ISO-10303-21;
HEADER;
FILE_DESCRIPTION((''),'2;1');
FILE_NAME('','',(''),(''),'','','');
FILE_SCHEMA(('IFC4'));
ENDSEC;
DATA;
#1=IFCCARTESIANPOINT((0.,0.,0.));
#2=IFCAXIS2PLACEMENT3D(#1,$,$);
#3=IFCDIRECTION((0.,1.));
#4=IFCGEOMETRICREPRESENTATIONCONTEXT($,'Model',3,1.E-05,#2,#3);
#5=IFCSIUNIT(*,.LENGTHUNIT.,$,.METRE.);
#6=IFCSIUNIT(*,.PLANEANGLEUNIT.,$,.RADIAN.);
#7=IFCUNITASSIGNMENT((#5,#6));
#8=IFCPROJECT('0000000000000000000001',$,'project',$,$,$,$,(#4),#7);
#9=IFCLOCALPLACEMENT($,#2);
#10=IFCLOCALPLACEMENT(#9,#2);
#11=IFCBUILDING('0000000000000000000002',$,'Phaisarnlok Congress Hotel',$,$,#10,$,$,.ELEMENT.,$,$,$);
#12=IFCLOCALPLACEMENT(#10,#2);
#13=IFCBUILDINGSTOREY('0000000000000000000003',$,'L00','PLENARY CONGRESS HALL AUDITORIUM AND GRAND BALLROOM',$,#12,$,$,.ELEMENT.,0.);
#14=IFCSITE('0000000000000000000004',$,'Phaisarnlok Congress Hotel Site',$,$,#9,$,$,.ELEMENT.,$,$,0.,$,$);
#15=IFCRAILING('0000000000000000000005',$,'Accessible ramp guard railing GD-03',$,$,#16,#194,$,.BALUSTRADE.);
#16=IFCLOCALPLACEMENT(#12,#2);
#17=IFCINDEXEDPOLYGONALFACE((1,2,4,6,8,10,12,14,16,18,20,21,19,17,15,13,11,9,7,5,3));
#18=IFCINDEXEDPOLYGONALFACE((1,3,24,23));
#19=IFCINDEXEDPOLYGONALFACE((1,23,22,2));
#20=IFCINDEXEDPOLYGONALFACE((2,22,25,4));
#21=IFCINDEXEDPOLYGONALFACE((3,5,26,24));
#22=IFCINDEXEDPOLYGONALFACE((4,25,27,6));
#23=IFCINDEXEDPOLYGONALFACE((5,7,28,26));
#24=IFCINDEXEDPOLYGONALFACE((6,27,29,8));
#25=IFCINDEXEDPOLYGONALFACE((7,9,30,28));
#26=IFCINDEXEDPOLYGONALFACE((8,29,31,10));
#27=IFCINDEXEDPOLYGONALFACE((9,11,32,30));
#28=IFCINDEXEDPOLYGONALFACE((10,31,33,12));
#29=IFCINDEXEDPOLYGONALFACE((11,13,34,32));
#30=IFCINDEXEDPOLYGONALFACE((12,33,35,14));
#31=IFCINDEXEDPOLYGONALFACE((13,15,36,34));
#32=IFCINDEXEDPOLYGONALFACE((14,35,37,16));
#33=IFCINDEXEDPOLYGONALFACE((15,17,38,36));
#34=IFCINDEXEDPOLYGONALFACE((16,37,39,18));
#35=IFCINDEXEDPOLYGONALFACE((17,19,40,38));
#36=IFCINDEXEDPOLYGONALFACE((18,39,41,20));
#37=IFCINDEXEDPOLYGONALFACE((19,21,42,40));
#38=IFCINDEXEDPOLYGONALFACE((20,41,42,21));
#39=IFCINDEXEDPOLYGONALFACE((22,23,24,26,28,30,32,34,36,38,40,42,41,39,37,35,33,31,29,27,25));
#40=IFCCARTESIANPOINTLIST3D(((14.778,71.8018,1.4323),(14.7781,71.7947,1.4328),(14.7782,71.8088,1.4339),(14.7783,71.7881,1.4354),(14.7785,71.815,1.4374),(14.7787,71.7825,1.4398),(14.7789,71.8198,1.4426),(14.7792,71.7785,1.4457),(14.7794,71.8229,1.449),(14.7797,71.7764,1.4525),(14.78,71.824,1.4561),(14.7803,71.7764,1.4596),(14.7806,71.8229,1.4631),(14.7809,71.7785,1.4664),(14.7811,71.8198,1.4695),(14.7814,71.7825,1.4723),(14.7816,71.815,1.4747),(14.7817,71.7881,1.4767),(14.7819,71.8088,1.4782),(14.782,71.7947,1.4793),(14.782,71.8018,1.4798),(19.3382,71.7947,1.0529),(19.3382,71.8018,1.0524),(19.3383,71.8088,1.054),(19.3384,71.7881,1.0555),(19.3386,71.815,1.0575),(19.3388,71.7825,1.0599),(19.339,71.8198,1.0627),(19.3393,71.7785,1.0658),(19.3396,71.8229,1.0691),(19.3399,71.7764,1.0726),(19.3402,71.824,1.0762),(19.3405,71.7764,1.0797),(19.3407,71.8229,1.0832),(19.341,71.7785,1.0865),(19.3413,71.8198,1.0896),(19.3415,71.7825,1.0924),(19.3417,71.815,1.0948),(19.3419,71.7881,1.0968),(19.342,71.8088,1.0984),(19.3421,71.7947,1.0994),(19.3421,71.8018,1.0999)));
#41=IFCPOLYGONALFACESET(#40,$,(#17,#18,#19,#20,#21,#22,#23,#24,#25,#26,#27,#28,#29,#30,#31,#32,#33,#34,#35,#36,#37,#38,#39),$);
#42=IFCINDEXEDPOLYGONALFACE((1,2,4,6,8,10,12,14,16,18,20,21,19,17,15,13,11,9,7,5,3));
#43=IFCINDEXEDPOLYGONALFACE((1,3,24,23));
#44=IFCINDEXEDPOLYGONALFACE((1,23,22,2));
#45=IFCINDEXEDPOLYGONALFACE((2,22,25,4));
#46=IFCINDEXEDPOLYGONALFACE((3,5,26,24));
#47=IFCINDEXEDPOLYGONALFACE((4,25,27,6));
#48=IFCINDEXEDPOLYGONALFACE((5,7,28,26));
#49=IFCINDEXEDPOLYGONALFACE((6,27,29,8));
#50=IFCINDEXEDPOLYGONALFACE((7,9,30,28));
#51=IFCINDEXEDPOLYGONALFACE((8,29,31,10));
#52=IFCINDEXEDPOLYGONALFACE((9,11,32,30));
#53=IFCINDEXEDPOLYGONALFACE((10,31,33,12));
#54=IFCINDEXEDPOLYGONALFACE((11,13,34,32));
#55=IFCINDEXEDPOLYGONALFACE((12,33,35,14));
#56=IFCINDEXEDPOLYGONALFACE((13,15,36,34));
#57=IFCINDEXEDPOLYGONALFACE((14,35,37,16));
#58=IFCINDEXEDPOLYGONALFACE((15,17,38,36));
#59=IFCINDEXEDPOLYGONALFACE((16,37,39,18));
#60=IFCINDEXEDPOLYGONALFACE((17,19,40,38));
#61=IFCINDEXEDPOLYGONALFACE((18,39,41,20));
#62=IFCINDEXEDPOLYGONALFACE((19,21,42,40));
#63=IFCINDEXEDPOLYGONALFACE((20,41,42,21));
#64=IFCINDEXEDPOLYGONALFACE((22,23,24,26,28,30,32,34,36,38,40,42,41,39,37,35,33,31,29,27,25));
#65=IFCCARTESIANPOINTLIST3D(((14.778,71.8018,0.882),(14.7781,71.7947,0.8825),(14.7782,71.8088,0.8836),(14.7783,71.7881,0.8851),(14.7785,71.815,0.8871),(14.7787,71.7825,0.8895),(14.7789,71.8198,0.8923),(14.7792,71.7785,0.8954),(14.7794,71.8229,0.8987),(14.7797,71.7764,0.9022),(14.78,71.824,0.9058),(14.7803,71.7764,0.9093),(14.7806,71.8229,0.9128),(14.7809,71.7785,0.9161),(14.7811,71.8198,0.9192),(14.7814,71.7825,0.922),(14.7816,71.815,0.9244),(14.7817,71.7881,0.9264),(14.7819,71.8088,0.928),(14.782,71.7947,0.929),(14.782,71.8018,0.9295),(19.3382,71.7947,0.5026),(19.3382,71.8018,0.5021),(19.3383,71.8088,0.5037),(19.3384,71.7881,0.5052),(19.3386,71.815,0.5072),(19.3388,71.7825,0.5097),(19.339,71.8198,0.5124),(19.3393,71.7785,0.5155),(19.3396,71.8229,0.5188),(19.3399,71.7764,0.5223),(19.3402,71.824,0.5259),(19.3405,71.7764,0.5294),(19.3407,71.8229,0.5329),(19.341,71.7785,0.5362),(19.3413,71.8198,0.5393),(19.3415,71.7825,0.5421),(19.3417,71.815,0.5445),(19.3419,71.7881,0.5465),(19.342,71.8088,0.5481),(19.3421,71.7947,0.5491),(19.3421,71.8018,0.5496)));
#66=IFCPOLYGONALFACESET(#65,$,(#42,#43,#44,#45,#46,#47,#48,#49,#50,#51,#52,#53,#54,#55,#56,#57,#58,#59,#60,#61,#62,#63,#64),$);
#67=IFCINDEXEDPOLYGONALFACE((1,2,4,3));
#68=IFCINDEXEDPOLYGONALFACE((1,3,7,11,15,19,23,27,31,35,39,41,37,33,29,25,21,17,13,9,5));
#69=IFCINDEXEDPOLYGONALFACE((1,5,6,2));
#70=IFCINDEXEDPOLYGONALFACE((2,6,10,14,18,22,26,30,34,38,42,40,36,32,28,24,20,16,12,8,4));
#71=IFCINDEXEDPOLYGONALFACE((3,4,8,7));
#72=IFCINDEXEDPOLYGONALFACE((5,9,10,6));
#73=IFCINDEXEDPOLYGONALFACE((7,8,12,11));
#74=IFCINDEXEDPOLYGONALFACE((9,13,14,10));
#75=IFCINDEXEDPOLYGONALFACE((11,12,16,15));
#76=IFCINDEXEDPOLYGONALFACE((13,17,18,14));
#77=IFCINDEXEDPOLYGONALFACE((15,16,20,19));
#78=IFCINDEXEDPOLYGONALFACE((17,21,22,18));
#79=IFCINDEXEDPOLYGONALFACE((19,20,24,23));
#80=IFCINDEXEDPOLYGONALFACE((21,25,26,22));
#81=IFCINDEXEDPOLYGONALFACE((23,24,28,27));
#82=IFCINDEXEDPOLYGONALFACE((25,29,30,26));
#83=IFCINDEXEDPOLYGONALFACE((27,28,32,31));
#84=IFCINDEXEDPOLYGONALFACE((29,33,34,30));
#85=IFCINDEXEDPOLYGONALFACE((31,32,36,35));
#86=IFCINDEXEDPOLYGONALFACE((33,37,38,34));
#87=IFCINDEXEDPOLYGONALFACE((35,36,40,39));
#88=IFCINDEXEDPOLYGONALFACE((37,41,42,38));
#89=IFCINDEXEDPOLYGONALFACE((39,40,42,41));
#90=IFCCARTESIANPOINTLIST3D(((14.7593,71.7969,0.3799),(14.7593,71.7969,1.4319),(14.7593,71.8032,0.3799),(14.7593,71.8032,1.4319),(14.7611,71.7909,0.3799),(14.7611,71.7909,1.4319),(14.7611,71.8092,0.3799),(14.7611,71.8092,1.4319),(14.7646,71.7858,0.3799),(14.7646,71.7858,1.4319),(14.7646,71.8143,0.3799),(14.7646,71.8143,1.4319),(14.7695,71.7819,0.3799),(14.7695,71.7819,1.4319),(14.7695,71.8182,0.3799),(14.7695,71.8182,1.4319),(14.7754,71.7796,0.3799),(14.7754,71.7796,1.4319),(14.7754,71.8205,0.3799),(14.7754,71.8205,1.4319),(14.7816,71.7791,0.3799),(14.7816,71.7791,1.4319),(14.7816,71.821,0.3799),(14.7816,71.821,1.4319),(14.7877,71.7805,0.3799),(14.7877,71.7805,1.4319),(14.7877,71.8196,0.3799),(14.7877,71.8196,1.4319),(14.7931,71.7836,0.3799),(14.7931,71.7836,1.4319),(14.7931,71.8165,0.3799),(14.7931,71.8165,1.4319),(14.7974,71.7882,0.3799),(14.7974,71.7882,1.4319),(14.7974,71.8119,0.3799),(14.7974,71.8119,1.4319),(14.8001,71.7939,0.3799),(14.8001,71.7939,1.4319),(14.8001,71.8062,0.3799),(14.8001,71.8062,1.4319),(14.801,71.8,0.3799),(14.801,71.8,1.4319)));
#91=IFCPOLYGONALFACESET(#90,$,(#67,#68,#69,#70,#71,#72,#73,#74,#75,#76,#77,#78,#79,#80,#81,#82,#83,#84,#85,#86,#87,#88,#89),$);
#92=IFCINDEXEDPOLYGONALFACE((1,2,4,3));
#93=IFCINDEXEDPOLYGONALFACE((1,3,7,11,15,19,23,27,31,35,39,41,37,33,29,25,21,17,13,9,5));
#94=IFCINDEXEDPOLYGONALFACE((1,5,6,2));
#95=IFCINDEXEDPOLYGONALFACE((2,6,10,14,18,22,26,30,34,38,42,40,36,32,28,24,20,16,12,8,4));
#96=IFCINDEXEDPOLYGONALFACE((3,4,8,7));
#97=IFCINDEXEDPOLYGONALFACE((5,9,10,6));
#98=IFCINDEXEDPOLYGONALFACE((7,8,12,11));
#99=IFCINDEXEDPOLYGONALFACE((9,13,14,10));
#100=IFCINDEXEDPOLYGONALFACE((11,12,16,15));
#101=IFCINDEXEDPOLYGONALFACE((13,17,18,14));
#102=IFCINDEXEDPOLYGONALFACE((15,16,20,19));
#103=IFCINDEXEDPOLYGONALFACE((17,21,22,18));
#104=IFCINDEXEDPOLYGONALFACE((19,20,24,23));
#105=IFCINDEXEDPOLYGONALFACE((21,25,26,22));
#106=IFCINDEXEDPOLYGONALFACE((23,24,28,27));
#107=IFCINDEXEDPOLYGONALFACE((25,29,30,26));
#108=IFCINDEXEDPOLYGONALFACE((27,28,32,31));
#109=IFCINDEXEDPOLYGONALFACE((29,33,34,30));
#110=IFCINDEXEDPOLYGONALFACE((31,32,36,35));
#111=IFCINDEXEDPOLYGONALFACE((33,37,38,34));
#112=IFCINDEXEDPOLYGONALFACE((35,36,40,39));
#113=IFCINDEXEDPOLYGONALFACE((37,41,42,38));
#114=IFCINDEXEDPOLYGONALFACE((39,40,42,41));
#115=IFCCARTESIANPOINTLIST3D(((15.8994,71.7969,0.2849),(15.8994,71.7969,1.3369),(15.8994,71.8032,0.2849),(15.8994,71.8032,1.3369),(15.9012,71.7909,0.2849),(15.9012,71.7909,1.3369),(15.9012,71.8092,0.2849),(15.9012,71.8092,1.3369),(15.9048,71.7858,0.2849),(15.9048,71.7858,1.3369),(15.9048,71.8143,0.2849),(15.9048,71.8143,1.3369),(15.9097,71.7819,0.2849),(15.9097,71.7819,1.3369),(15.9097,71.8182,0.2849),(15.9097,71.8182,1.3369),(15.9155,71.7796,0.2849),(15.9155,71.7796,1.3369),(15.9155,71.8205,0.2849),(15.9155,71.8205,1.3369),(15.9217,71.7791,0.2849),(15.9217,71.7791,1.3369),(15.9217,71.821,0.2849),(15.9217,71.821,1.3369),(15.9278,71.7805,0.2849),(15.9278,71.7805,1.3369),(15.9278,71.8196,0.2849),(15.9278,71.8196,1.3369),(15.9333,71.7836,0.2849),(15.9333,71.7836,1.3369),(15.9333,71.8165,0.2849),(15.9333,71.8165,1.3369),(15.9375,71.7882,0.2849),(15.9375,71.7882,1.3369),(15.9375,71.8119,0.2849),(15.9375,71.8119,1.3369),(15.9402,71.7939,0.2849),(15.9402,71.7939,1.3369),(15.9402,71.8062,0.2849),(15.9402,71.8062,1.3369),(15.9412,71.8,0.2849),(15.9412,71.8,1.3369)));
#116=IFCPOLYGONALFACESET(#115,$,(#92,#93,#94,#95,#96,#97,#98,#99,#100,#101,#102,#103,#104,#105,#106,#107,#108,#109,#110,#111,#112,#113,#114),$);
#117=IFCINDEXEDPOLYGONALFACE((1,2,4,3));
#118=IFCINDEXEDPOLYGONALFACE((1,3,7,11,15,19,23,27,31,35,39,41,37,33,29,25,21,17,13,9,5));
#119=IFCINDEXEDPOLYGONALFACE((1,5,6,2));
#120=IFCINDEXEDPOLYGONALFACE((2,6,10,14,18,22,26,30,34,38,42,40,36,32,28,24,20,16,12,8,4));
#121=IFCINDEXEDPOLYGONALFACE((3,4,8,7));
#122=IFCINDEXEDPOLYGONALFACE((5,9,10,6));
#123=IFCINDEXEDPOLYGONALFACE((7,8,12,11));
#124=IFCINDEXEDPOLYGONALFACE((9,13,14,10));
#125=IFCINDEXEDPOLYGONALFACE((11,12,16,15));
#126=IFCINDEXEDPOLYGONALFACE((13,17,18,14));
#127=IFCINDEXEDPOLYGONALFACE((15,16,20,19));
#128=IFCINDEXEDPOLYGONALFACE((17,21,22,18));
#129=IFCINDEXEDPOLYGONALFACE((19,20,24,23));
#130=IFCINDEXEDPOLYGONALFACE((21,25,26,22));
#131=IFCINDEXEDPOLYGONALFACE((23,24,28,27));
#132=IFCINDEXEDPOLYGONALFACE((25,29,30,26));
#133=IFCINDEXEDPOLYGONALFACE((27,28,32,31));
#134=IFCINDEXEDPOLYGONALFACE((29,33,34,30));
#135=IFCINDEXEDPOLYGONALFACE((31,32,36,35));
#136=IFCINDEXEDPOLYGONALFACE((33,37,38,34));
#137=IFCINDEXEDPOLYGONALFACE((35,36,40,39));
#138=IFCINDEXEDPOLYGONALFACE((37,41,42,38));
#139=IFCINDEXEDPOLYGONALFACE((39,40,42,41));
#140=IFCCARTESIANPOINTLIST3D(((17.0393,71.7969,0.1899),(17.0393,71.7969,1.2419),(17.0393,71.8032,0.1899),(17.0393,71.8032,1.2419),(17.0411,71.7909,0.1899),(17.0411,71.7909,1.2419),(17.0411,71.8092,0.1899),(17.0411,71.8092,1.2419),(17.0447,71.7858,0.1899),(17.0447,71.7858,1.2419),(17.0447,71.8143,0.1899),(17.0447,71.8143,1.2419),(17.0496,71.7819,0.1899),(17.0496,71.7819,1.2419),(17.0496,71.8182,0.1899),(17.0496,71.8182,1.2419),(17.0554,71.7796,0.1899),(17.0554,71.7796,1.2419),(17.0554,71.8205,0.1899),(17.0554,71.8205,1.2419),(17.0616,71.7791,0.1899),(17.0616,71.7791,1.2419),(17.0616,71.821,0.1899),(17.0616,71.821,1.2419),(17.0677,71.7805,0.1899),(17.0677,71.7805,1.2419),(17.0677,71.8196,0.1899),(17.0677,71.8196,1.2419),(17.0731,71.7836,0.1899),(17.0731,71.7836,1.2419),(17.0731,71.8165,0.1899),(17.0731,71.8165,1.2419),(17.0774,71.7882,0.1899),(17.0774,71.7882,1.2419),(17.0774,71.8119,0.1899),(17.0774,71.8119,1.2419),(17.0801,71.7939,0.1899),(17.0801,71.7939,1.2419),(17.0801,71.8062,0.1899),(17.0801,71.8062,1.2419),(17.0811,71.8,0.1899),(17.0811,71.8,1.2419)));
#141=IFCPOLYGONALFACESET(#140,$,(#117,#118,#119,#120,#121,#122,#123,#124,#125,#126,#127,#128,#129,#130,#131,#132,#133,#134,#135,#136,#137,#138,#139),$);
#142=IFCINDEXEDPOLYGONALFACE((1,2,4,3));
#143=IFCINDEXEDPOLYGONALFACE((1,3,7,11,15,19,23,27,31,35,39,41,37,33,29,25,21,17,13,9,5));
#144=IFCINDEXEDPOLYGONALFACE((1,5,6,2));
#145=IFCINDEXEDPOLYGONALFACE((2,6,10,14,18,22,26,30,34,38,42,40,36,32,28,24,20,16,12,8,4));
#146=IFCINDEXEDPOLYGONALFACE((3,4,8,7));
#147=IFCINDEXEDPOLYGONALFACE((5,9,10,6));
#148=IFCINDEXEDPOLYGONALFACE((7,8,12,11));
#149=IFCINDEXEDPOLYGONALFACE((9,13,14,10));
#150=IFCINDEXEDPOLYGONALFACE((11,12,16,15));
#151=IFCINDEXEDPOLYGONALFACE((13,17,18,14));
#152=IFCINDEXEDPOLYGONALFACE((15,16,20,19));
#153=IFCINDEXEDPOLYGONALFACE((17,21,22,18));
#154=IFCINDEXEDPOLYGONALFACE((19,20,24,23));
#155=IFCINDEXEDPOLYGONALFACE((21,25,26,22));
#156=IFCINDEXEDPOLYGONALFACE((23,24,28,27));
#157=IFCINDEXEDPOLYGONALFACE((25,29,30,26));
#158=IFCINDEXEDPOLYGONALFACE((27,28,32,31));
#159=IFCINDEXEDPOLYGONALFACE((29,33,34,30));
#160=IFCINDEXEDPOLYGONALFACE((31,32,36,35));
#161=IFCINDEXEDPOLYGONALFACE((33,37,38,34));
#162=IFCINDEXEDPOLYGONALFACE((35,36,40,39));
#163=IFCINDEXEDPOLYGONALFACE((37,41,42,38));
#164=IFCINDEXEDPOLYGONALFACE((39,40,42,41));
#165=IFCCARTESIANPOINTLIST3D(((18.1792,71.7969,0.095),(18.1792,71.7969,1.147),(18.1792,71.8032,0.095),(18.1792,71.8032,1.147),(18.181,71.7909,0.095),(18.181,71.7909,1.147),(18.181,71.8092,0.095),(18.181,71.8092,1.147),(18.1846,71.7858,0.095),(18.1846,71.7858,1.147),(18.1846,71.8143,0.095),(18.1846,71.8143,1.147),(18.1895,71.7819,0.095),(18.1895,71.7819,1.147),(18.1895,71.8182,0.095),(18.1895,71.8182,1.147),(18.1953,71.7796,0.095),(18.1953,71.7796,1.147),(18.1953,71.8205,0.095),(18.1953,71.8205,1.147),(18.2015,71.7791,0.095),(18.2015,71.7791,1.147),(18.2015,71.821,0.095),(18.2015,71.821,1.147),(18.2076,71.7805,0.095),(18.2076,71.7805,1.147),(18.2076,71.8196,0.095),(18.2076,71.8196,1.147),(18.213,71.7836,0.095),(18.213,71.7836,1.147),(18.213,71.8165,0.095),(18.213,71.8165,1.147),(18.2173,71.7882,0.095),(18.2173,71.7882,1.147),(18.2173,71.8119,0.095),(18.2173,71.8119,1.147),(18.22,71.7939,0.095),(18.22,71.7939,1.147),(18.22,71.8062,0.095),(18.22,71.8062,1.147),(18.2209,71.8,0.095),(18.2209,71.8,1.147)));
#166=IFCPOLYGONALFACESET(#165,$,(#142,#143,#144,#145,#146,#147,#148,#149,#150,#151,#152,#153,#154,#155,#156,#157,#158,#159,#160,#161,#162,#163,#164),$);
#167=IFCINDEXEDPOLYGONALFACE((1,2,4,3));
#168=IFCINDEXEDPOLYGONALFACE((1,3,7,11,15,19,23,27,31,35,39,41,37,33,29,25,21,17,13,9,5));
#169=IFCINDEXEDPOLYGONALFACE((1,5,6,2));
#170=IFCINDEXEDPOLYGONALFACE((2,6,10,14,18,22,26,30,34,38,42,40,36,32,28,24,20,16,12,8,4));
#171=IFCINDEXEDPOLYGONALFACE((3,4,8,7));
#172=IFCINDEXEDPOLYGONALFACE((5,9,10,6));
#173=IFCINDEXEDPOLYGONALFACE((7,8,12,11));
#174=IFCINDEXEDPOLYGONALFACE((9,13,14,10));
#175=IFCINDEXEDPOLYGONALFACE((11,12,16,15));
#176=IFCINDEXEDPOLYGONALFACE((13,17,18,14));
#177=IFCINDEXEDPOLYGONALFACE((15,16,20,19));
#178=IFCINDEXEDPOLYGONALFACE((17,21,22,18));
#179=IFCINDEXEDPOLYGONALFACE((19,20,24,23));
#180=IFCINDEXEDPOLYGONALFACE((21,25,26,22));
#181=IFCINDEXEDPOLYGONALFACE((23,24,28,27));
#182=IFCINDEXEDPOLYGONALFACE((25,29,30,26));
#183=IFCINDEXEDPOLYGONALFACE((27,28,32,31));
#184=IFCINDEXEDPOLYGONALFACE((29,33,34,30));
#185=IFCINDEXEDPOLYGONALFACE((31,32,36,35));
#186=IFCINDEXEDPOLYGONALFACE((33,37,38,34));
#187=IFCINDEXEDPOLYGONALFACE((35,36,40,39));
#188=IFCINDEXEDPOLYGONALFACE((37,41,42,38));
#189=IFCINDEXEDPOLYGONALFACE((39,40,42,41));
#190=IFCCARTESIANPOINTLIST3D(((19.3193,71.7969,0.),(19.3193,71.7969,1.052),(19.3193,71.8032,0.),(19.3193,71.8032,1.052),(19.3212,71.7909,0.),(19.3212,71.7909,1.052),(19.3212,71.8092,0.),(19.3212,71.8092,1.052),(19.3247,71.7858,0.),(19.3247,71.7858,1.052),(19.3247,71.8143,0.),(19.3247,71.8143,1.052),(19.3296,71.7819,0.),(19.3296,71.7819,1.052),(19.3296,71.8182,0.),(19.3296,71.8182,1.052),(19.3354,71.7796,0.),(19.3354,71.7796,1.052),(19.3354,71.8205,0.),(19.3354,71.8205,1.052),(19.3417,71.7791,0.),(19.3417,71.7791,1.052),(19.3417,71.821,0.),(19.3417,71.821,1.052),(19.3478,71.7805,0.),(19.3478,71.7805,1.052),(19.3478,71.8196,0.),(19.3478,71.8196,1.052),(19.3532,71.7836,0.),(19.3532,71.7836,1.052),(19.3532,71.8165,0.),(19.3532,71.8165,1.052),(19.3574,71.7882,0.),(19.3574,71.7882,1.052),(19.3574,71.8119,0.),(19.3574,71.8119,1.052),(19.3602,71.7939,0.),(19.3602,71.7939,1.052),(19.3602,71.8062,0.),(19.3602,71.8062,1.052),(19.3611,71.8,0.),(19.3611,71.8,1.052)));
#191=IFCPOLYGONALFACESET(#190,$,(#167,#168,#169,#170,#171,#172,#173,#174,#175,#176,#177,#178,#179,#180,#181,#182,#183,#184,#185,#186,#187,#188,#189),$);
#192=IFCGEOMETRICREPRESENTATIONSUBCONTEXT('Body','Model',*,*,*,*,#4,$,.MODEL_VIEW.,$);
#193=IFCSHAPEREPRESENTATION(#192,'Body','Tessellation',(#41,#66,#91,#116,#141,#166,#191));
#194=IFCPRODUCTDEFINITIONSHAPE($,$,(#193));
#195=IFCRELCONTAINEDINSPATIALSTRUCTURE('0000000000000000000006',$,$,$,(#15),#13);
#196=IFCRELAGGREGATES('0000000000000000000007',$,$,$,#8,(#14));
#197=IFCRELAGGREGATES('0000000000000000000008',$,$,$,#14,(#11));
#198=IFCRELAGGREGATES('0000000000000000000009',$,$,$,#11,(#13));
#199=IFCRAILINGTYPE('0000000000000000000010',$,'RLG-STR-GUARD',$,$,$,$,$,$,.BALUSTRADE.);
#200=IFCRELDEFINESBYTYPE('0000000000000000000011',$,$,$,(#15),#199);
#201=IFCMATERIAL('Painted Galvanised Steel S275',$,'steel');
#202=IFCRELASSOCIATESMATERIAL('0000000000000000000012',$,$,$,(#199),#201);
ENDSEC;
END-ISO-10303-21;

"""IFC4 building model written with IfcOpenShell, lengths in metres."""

from ifc_helpers import new_model, si_unit, direction, frame, origin, origin_2d, place, context, subcontext, project, spatial, circle, extrude, material, type_object, element, save


model = new_model("IFC4")

# Units and contexts
model_context = context("Model", 3, precision=1e-05, world=origin(), true_north=direction((0.0, 1.0)))
body_context = subcontext(model_context, "Body", "Model", "MODEL_VIEW")
ifc_project = project(units=[si_unit("LENGTHUNIT", "METRE"), si_unit("PLANEANGLEUNIT", "RADIAN")], contexts=[model_context])

# Site, building, storey
site_placement = place(None, origin())
site = spatial("IfcSite", under=ifc_project, at=site_placement, Name="Phaisarnlok Congress Hotel Site", CompositionType="ELEMENT", RefElevation=0.0)
building_placement = place(site_placement, origin())
building = spatial("IfcBuilding", under=site, at=building_placement, Name="Phaisarnlok Congress Hotel", CompositionType="ELEMENT")
storey_placement = place(building_placement, origin())
storey = spatial("IfcBuildingStorey", under=building, at=storey_placement, Name="L00", Description="PLENARY CONGRESS HALL AUDITORIUM AND GRAND BALLROOM", CompositionType="ELEMENT", Elevation=0.0)

# Railing
ifc_material_1 = material(Name="Painted Galvanised Steel S275", Category="steel")
railing_type = type_object("IfcRailingType", Name="RLG-STR-GUARD", PredefinedType="BALUSTRADE", material=ifc_material_1)
for number, where, name in (
    (1, (14.78, 71.8, 0.3799), "Accessible ramp guard railing GD-03"),
):
    element("IfcRailing", number, at=place(storey_placement, frame(where)), inside=storey, type_object=railing_type, Name=name, PredefinedType="BALUSTRADE", context=body_context, shape_type="SweptSolid", body=[
        extrude(circle(Radius=0.0239, at=origin_2d()), frame((0.0, 0.0, 1.0762), z_axis=(0.996548, 0.0, -0.083019), x_axis=(0.0, 1.0, 0.0)), (0.0, 0.0, 1.0), 4.5759),
        extrude(circle(Radius=0.0239, at=origin_2d()), frame((0.0, 0.0, 0.5259), z_axis=(0.996548, 0.0, -0.083019), x_axis=(0.0, 1.0, 0.0)), (0.0, 0.0, 1.0), 4.5759),
        extrude(circle(Radius=0.021, at=origin_2d()), origin(), (0.0, 0.0, 1.0), 1.052),
        extrude(circle(Radius=0.021, at=origin_2d()), frame((1.1401, 0.0, -0.095)), (0.0, 0.0, 1.0), 1.052),
        extrude(circle(Radius=0.021, at=origin_2d()), frame((2.28, 0.0, -0.1899)), (0.0, 0.0, 1.0), 1.052),
        extrude(circle(Radius=0.021, at=origin_2d()), frame((3.4199, 0.0, -0.2849)), (0.0, 0.0, 1.0), 1.052),
        extrude(circle(Radius=0.021, at=origin_2d()), frame((4.5601, 0.0, -0.3799)), (0.0, 0.0, 1.0), 1.052),
    ])

save(model, "model.ifc")
